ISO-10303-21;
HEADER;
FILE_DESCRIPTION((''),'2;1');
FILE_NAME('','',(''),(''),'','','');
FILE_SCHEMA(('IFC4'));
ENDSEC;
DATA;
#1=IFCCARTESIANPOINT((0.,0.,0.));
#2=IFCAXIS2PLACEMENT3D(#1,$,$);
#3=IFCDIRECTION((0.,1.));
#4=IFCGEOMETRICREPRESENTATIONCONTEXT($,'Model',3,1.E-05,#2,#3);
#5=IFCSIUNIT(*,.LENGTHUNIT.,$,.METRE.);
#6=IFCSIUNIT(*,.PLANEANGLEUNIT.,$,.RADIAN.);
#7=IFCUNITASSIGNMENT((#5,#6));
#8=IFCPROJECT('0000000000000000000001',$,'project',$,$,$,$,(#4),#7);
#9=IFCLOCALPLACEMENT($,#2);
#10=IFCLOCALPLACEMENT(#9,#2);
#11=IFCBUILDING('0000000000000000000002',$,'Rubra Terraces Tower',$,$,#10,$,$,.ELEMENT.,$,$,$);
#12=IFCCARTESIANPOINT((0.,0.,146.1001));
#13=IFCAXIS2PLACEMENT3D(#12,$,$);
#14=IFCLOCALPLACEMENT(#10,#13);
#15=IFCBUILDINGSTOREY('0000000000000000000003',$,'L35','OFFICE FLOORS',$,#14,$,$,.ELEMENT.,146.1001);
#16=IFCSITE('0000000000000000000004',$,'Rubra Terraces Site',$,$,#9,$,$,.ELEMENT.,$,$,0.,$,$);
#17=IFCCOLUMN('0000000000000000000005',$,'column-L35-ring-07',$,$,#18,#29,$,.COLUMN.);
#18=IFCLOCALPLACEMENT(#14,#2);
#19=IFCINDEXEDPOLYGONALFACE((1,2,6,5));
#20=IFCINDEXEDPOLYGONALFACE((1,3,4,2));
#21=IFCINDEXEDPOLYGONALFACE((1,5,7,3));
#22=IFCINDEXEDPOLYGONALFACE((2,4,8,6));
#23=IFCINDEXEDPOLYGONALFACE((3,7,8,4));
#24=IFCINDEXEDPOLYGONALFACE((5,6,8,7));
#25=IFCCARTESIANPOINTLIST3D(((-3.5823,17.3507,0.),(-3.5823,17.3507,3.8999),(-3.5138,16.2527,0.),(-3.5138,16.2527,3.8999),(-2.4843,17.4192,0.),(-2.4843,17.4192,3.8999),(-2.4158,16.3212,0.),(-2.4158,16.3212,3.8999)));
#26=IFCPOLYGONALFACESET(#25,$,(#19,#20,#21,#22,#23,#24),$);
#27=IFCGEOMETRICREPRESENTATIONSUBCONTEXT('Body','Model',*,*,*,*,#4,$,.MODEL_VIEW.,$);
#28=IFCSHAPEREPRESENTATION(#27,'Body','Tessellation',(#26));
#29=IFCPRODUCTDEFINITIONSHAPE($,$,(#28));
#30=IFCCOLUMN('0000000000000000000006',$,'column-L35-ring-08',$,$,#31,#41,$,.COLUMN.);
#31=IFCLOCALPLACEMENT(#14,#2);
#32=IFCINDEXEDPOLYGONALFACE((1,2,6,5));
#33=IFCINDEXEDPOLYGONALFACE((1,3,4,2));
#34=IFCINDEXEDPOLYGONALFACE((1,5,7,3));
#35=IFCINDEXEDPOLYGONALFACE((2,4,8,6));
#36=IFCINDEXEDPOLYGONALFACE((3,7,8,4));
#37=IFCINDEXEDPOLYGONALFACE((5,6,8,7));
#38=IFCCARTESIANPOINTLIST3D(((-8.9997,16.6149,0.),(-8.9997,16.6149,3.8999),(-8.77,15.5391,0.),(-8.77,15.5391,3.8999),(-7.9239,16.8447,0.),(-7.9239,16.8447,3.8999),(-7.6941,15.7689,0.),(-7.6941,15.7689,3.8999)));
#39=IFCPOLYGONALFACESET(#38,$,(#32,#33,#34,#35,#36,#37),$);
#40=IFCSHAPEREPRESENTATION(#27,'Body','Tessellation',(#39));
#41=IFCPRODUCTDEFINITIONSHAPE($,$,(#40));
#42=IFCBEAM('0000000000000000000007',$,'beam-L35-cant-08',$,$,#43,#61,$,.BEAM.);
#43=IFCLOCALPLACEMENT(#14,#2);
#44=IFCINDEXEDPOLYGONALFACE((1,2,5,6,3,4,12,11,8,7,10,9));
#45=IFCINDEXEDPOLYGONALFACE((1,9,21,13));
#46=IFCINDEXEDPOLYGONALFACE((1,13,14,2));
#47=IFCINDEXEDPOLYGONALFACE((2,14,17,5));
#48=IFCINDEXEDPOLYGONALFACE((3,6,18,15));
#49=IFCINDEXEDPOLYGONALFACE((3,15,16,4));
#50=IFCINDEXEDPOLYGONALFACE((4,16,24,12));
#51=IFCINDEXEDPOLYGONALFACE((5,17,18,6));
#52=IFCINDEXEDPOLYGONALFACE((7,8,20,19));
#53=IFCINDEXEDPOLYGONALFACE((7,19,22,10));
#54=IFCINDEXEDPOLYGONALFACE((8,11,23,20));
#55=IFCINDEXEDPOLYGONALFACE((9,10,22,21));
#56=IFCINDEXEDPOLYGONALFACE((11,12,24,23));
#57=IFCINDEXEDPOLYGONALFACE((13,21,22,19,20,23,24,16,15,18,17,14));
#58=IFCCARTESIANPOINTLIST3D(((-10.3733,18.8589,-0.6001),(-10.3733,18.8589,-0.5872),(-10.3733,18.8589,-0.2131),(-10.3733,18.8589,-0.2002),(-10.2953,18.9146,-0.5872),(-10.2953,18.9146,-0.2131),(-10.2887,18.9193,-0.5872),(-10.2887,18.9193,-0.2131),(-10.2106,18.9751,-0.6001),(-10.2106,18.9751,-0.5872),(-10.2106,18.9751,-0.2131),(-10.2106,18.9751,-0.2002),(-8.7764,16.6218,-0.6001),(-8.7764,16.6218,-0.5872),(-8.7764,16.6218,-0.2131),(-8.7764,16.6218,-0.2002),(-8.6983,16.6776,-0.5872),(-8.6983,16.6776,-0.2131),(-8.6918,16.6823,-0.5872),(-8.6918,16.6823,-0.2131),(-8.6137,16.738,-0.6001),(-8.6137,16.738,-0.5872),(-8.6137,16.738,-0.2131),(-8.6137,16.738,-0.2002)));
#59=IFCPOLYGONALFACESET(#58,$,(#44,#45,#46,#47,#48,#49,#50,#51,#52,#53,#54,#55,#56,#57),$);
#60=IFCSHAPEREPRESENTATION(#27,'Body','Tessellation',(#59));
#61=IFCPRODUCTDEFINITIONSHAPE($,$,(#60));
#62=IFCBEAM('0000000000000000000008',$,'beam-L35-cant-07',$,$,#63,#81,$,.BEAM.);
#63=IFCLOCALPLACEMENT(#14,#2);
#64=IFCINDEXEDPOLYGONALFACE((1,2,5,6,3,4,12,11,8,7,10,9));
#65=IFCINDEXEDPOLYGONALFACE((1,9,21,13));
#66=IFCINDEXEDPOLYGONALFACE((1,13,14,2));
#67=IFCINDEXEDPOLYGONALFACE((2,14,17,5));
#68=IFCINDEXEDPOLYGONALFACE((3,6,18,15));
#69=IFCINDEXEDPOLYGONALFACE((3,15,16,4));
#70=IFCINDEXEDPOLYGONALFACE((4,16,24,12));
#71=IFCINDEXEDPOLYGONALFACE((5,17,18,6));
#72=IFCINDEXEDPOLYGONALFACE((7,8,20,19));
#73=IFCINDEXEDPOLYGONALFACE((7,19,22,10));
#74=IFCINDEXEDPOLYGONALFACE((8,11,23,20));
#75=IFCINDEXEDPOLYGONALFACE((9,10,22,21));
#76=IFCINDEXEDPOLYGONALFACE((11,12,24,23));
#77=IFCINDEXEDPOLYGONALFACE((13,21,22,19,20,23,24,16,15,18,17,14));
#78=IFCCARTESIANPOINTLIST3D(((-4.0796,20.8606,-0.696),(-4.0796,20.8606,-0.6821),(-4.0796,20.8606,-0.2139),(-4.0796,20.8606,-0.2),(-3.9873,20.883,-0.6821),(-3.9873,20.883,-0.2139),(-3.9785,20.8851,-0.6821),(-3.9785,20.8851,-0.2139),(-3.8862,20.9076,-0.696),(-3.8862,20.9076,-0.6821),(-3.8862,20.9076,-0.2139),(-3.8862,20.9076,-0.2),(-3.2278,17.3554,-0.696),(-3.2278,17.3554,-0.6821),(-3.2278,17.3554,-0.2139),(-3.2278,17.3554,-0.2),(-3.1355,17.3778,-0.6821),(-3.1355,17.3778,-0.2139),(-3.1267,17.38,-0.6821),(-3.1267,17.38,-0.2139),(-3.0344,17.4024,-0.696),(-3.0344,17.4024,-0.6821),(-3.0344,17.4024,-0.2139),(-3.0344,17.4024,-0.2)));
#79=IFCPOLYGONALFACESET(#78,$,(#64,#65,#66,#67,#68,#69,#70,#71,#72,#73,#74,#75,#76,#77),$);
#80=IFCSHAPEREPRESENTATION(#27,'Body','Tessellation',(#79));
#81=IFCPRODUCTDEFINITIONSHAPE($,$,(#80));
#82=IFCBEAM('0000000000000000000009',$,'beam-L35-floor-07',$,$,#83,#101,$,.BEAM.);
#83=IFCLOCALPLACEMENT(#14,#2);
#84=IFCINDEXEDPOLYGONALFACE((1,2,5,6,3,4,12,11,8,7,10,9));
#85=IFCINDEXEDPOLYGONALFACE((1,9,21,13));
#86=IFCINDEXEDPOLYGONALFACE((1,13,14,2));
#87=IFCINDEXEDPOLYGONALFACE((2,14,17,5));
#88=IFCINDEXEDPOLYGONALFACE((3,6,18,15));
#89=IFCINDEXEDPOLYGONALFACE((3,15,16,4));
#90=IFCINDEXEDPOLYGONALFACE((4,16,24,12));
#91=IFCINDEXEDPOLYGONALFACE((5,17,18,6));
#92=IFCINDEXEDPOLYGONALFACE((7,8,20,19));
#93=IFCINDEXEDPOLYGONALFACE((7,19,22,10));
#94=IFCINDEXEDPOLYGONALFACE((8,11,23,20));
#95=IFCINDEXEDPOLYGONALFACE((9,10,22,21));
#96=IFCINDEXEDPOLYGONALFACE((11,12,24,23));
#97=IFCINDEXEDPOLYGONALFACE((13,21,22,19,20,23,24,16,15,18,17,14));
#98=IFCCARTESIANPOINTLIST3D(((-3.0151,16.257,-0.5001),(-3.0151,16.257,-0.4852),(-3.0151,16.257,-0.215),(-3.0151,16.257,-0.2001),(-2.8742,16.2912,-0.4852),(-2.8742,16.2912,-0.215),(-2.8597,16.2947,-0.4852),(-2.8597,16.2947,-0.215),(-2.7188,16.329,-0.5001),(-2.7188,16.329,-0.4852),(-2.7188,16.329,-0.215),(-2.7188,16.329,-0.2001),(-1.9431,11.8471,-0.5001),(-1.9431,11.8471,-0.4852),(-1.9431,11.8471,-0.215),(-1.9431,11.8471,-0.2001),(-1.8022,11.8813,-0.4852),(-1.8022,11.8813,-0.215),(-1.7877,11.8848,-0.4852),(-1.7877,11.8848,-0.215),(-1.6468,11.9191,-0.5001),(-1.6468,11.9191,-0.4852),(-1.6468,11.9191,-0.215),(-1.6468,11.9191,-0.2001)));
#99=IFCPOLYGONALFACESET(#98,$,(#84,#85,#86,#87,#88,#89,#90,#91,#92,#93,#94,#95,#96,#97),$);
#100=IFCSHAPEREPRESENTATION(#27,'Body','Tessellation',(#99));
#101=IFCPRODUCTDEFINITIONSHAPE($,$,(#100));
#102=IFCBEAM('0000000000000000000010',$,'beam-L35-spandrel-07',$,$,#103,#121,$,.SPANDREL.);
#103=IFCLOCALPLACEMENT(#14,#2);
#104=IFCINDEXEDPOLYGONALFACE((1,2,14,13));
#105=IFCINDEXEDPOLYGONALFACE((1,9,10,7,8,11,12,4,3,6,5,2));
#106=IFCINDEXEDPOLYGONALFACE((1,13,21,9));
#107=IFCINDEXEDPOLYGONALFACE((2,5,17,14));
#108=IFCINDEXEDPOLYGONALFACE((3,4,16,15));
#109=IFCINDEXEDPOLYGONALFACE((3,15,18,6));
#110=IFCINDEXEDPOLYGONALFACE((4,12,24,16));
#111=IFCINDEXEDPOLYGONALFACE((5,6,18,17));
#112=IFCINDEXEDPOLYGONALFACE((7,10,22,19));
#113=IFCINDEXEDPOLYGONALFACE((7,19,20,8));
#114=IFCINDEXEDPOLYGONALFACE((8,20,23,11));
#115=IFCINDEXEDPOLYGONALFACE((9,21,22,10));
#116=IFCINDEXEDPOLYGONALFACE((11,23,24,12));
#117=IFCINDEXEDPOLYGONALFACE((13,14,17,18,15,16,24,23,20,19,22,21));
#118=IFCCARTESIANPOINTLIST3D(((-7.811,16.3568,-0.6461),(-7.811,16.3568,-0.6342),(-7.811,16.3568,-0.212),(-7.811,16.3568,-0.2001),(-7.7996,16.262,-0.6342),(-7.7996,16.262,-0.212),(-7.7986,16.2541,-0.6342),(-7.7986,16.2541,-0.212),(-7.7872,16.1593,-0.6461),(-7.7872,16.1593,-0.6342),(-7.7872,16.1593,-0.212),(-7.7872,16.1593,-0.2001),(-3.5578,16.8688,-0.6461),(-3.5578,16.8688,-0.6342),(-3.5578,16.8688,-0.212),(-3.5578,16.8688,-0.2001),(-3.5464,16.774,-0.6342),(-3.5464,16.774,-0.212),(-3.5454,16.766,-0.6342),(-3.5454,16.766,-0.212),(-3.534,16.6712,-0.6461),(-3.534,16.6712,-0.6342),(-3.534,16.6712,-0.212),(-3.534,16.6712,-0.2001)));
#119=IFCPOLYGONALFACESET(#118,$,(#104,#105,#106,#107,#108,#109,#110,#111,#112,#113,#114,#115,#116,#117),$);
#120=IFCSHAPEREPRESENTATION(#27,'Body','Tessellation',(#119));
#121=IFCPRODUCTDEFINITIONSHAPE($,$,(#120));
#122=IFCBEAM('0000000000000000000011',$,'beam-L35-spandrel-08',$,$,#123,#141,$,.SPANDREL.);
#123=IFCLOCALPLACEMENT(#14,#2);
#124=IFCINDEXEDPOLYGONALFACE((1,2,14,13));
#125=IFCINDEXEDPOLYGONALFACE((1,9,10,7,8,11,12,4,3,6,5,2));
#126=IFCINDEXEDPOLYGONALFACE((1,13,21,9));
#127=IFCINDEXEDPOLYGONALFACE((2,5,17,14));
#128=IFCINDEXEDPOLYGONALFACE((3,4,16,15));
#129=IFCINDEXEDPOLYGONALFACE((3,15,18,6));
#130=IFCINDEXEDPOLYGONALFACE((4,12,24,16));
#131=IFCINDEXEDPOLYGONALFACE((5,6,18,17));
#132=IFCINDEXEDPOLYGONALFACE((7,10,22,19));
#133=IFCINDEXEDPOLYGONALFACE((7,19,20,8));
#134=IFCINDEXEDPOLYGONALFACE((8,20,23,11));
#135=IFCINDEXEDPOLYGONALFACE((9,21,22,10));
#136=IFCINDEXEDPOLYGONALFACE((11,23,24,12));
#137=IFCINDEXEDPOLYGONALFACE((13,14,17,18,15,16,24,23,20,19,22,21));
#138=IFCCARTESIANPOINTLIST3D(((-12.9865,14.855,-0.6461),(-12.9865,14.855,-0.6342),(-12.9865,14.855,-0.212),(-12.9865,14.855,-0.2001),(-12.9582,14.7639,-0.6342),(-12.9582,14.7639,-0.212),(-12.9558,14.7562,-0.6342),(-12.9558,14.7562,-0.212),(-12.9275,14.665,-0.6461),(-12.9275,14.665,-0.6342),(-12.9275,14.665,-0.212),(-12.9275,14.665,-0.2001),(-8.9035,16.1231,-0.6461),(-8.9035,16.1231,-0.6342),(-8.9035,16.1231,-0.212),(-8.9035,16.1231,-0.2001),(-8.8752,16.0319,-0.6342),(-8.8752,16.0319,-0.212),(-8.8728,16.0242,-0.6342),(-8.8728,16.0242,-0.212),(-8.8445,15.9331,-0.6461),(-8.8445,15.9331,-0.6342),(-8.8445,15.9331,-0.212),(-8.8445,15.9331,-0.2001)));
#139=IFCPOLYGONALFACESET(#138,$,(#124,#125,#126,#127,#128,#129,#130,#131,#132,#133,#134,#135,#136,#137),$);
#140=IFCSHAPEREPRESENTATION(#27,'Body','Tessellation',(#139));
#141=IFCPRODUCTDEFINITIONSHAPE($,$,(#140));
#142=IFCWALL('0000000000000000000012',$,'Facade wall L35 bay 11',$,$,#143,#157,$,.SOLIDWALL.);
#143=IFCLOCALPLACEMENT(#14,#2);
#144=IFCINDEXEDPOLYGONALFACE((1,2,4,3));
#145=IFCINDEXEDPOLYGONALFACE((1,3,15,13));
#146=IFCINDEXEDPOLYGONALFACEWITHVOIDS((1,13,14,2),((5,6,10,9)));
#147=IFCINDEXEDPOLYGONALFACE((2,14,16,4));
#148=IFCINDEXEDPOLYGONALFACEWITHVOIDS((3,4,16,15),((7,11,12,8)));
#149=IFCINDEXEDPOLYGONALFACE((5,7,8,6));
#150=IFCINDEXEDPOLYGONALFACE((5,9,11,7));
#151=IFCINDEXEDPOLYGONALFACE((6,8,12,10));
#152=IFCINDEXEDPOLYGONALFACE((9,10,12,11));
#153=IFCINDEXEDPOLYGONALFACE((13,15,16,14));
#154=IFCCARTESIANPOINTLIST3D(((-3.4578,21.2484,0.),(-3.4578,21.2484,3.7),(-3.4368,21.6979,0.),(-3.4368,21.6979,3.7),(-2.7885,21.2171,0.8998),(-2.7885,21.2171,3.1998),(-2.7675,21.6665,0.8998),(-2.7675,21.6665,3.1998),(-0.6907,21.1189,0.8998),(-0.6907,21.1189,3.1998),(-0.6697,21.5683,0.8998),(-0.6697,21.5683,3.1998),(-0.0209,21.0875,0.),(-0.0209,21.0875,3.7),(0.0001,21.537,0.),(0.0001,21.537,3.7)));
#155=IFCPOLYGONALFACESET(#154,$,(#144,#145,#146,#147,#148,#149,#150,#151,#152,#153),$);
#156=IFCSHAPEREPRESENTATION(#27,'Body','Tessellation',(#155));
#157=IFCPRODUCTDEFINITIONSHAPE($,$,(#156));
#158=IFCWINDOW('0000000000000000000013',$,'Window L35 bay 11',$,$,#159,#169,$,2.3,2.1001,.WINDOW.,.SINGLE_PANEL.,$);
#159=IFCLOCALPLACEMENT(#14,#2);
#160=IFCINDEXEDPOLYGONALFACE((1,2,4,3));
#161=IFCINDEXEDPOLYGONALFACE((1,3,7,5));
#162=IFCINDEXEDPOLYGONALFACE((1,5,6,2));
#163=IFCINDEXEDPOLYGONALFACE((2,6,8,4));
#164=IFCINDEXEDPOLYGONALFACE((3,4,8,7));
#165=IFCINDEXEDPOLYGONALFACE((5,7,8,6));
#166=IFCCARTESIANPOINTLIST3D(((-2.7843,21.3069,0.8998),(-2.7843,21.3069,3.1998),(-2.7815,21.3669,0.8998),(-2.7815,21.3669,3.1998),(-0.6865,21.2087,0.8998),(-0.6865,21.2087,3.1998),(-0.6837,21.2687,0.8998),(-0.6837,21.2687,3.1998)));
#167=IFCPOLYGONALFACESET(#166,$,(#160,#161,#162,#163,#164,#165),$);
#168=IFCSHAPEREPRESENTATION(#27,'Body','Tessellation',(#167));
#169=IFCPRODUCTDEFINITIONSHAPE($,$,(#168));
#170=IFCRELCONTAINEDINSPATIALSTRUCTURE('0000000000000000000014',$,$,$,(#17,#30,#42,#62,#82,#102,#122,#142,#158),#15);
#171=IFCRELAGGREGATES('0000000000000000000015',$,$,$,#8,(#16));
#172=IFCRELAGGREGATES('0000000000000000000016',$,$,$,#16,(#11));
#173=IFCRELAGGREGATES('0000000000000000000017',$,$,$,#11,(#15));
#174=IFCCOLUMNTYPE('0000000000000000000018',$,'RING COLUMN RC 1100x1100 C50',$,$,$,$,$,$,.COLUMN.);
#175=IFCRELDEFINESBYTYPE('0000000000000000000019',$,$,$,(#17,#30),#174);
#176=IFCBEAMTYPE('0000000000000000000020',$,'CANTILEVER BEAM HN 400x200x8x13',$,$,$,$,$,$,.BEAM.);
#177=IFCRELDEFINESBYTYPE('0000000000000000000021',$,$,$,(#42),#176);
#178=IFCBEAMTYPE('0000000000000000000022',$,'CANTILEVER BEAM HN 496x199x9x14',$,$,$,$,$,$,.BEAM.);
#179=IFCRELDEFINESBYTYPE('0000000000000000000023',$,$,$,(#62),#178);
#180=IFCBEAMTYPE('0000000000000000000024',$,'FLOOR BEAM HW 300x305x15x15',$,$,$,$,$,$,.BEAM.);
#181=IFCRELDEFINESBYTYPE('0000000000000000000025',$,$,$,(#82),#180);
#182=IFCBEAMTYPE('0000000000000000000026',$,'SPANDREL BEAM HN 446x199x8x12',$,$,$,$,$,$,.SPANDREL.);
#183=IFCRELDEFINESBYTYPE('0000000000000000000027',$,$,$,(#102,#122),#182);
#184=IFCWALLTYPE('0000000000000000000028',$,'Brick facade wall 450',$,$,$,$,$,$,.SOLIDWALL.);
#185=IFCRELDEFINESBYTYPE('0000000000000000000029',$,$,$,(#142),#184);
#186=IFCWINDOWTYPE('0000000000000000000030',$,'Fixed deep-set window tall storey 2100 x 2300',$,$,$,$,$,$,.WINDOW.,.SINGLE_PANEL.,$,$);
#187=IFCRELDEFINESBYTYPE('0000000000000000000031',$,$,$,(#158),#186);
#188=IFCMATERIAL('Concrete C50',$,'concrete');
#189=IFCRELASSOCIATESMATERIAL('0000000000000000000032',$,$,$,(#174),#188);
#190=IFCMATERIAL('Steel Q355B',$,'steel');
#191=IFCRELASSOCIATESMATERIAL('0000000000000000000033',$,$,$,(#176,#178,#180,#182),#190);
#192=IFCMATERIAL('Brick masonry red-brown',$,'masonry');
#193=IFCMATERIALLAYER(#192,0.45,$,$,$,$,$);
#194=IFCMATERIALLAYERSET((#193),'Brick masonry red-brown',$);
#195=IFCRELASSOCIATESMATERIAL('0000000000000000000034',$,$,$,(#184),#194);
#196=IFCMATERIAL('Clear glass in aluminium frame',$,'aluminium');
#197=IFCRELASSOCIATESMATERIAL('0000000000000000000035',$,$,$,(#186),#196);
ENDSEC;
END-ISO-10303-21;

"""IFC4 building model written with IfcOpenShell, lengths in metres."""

from ifc_helpers import new_model, si_unit, direction, frame, frame_2d, origin, origin_2d, place, context, subcontext, project, spatial, rectangle, i_section, extrude, material, layer, layer_set, material_profile, profile_set, type_object, element, fill, save


model = new_model("IFC4")

# Units and contexts
model_context = context("Model", 3, precision=1e-05, world=origin(), true_north=direction((0.0, 1.0)))
body_context = subcontext(model_context, "Body", "Model", "MODEL_VIEW")
ifc_project = project(units=[si_unit("LENGTHUNIT", "METRE"), si_unit("PLANEANGLEUNIT", "RADIAN")], contexts=[model_context])

# Site, building, storey
site_placement = place(None, origin())
site = spatial("IfcSite", under=ifc_project, at=site_placement, Name="Rubra Terraces Site", CompositionType="ELEMENT", RefElevation=0.0)
building_placement = place(site_placement, origin())
building = spatial("IfcBuilding", under=site, at=building_placement, Name="Rubra Terraces Tower", CompositionType="ELEMENT")
storey_placement = place(building_placement, frame((0.0, 0.0, 146.1001)))
storey = spatial("IfcBuildingStorey", under=building, at=storey_placement, Name="L35", Description="OFFICE FLOORS", CompositionType="ELEMENT", Elevation=146.1001)

# Columns
ifc_material_1 = material(Name="Concrete C50", Category="concrete")
ifc_material_profile_1 = material_profile(ifc_material_1, rectangle(XDim=1.1001, YDim=1.1001, at=origin_2d()), Name="RC 1100x1100")
ifc_profile_set_1 = profile_set([ifc_material_profile_1], Name="Concrete C50")
column_type = type_object("IfcColumnType", Name="RING COLUMN RC 1100x1100 C50", PredefinedType="COLUMN", material=ifc_profile_set_1)
for number, where, z_axis, x_axis, name in (
    (1, (-2.999, 16.8359, 0.0), (0.0, 0.0, 1.0), (-0.998059, -0.062268, 0.0), "column-L35-ring-07"),
    (2, (-8.3469, 16.1919, 0.0), (0.0, 0.0, 1.0), (-0.977944, -0.208867, 0.0), "column-L35-ring-08"),
):
    element("IfcColumn", number, at=place(storey_placement, frame(where, z_axis=z_axis, x_axis=x_axis)), inside=storey, type_object=column_type, Name=name, PredefinedType="COLUMN", context=body_context, shape_type="SweptSolid", body=[
        extrude(rectangle(XDim=1.1001, YDim=1.1001, at=origin_2d()), origin(), (0.0, 0.0, 1.0), 3.8999),
    ])

# Beams
ifc_material_2 = material(Name="Steel Q355B", Category="steel")
ifc_material_profile_2 = material_profile(ifc_material_2, i_section(OverallWidth=0.2, OverallDepth=0.3999, WebThickness=0.0081, FlangeThickness=0.0129, at=origin_2d()), Name="HN 400x200x8x13")
ifc_profile_set_2 = profile_set([ifc_material_profile_2], Name="Steel Q355B")
beam_type_1 = type_object("IfcBeamType", Name="CANTILEVER BEAM HN 400x200x8x13", PredefinedType="BEAM", material=ifc_profile_set_2)
beam_1_placement = place(storey_placement, frame((-8.6951, 16.6799, -0.4001), z_axis=(-0.581003, 0.813901, 0.0), x_axis=(-0.813901, -0.581003, 0.0)))
element("IfcBeam", 3, at=beam_1_placement, inside=storey, type_object=beam_type_1, Name="beam-L35-cant-08", PredefinedType="BEAM", context=body_context, shape_type="SweptSolid", body=[
    extrude(i_section(OverallWidth=0.2, OverallDepth=0.3999, WebThickness=0.0081, FlangeThickness=0.0129, at=origin_2d()), origin(), (0.0, 0.0, 1.0), 2.7485),
])
ifc_material_profile_3 = material_profile(ifc_material_2, i_section(OverallWidth=0.199, OverallDepth=0.4961, WebThickness=0.009, FlangeThickness=0.0139, at=origin_2d()), Name="HN 496x199x9x14")
ifc_profile_set_3 = profile_set([ifc_material_profile_3], Name="Steel Q355B")
beam_type_2 = type_object("IfcBeamType", Name="CANTILEVER BEAM HN 496x199x9x14", PredefinedType="BEAM", material=ifc_profile_set_3)
beam_2_placement = place(storey_placement, frame((-3.1311, 17.3789, -0.448), z_axis=(-0.236144, 0.971718, 0.0), x_axis=(-0.971718, -0.236144, 0.0)))
element("IfcBeam", 4, at=beam_2_placement, inside=storey, type_object=beam_type_2, Name="beam-L35-cant-07", PredefinedType="BEAM", context=body_context, shape_type="SweptSolid", body=[
    extrude(i_section(OverallWidth=0.199, OverallDepth=0.4961, WebThickness=0.009, FlangeThickness=0.0139, at=origin_2d()), origin(), (0.0, 0.0, 1.0), 3.6072),
])
ifc_material_profile_4 = material_profile(ifc_material_2, i_section(OverallWidth=0.3049, OverallDepth=0.3, WebThickness=0.0149, FlangeThickness=0.0149, at=origin_2d()), Name="HW 300x305x15x15")
ifc_profile_set_4 = profile_set([ifc_material_profile_4], Name="Steel Q355B")
beam_type_3 = type_object("IfcBeamType", Name="FLOOR BEAM HW 300x305x15x15", PredefinedType="BEAM", material=ifc_profile_set_4)
beam_3_placement = place(storey_placement, frame((-2.8669, 16.293, -0.3501), z_axis=(0.236214, -0.971701, 0.0), x_axis=(0.971701, 0.236214, 0.0)))
element("IfcBeam", 5, at=beam_3_placement, inside=storey, type_object=beam_type_3, Name="beam-L35-floor-07", PredefinedType="BEAM", context=body_context, shape_type="SweptSolid", body=[
    extrude(i_section(OverallWidth=0.3049, OverallDepth=0.3, WebThickness=0.0149, FlangeThickness=0.0149, at=origin_2d()), origin(), (0.0, 0.0, 1.0), 4.5383),
])
ifc_material_profile_5 = material_profile(ifc_material_2, i_section(OverallWidth=0.199, OverallDepth=0.446, WebThickness=0.0081, FlangeThickness=0.012, at=origin_2d()), Name="HN 446x199x8x12")
ifc_profile_set_5 = profile_set([ifc_material_profile_5], Name="Steel Q355B")
beam_type_4 = type_object("IfcBeamType", Name="SPANDREL BEAM HN 446x199x8x12", PredefinedType="SPANDREL", material=ifc_profile_set_5)
beam_4_placement = place(storey_placement, frame((-3.5459, 16.77, -0.4231), z_axis=(-0.992833, -0.119509, 0.0), x_axis=(0.119509, -0.992833, 0.0)))
element("IfcBeam", 6, at=beam_4_placement, inside=storey, type_object=beam_type_4, Name="beam-L35-spandrel-07", PredefinedType="SPANDREL", context=body_context, shape_type="SweptSolid", body=[
    extrude(i_section(OverallWidth=0.199, OverallDepth=0.446, WebThickness=0.0081, FlangeThickness=0.012, at=origin_2d()), origin(), (0.0, 0.0, 1.0), 4.2839),
])
beam_5_placement = place(storey_placement, frame((-8.874, 16.0281, -0.4231), z_axis=(-0.955003, -0.296597, 0.0), x_axis=(0.296597, -0.955003, 0.0)))
element("IfcBeam", 7, at=beam_5_placement, inside=storey, type_object=beam_type_4, Name="beam-L35-spandrel-08", PredefinedType="SPANDREL", context=body_context, shape_type="SweptSolid", body=[
    extrude(i_section(OverallWidth=0.199, OverallDepth=0.446, WebThickness=0.0081, FlangeThickness=0.012, at=origin_2d()), origin(), (0.0, 0.0, 1.0), 4.2754),
])

# Wall, opening, window
ifc_material_3 = material(Name="Brick masonry red-brown", Category="masonry")
ifc_layer_1 = layer(ifc_material_3, 0.45)
ifc_layer_set_1 = layer_set([ifc_layer_1], Name="Brick masonry red-brown")
wall_type_1 = type_object("IfcWallType", Name="Brick facade wall 450", PredefinedType="SOLIDWALL", material=ifc_layer_set_1)
wall_1_placement = place(storey_placement, frame((-0.0105, 21.3123, 0.0), z_axis=(0.0, 0.0, 1.0), x_axis=(-0.998906, 0.046759, 0.0)))
wall_1 = element("IfcWall", 8, at=wall_1_placement, inside=storey, type_object=wall_type_1, Name="Facade wall L35 bay 11", PredefinedType="SOLIDWALL", context=body_context, shape_type="SweptSolid", body=[
    extrude(rectangle(XDim=3.4407, YDim=0.45, at=frame_2d((1.7202, 0.0))), origin(), (0.0, 0.0, 1.0), 3.7),
])
opening_1_placement = place(wall_1_placement, frame((0.6704, 0.0, 0.8999)))
opening_1 = element("IfcOpeningElement", 9, at=opening_1_placement, cuts=wall_1, PredefinedType="OPENING", context=body_context, shape_type="SweptSolid", body=[
    extrude(rectangle(XDim=2.1001, YDim=2.3, at=frame_2d((1.05, 1.1499))), frame((0.0, 0.2349, 0.0), z_axis=(0.0, -1.0, 0.0), x_axis=(1.0, 0.0, 0.0)), (0.0, 0.0, 1.0), 0.47),
])
ifc_material_4 = material(Name="Clear glass in aluminium frame", Category="aluminium")
window_type_1 = type_object("IfcWindowType", Name="Fixed deep-set window tall storey 2100 x 2300", PartitioningType="SINGLE_PANEL", PredefinedType="WINDOW", material=ifc_material_4)
window_1_placement = place(opening_1_placement, origin())
window_1 = element("IfcWindow", 10, at=window_1_placement, inside=storey, type_object=window_type_1, Name="Window L35 bay 11", OverallHeight=2.3, OverallWidth=2.1001, PartitioningType="SINGLE_PANEL", PredefinedType="WINDOW", context=body_context, shape_type="SweptSolid", body=[
    extrude(rectangle(XDim=2.1001, YDim=2.3, at=frame_2d((1.05, 1.1499))), frame((0.0, 0.135, 0.0), z_axis=(0.0, -1.0, 0.0), x_axis=(1.0, 0.0, 0.0)), (0.0, 0.0, 1.0), 0.0601),
])
fill(opening_1, window_1)

save(model, "model.ifc")
